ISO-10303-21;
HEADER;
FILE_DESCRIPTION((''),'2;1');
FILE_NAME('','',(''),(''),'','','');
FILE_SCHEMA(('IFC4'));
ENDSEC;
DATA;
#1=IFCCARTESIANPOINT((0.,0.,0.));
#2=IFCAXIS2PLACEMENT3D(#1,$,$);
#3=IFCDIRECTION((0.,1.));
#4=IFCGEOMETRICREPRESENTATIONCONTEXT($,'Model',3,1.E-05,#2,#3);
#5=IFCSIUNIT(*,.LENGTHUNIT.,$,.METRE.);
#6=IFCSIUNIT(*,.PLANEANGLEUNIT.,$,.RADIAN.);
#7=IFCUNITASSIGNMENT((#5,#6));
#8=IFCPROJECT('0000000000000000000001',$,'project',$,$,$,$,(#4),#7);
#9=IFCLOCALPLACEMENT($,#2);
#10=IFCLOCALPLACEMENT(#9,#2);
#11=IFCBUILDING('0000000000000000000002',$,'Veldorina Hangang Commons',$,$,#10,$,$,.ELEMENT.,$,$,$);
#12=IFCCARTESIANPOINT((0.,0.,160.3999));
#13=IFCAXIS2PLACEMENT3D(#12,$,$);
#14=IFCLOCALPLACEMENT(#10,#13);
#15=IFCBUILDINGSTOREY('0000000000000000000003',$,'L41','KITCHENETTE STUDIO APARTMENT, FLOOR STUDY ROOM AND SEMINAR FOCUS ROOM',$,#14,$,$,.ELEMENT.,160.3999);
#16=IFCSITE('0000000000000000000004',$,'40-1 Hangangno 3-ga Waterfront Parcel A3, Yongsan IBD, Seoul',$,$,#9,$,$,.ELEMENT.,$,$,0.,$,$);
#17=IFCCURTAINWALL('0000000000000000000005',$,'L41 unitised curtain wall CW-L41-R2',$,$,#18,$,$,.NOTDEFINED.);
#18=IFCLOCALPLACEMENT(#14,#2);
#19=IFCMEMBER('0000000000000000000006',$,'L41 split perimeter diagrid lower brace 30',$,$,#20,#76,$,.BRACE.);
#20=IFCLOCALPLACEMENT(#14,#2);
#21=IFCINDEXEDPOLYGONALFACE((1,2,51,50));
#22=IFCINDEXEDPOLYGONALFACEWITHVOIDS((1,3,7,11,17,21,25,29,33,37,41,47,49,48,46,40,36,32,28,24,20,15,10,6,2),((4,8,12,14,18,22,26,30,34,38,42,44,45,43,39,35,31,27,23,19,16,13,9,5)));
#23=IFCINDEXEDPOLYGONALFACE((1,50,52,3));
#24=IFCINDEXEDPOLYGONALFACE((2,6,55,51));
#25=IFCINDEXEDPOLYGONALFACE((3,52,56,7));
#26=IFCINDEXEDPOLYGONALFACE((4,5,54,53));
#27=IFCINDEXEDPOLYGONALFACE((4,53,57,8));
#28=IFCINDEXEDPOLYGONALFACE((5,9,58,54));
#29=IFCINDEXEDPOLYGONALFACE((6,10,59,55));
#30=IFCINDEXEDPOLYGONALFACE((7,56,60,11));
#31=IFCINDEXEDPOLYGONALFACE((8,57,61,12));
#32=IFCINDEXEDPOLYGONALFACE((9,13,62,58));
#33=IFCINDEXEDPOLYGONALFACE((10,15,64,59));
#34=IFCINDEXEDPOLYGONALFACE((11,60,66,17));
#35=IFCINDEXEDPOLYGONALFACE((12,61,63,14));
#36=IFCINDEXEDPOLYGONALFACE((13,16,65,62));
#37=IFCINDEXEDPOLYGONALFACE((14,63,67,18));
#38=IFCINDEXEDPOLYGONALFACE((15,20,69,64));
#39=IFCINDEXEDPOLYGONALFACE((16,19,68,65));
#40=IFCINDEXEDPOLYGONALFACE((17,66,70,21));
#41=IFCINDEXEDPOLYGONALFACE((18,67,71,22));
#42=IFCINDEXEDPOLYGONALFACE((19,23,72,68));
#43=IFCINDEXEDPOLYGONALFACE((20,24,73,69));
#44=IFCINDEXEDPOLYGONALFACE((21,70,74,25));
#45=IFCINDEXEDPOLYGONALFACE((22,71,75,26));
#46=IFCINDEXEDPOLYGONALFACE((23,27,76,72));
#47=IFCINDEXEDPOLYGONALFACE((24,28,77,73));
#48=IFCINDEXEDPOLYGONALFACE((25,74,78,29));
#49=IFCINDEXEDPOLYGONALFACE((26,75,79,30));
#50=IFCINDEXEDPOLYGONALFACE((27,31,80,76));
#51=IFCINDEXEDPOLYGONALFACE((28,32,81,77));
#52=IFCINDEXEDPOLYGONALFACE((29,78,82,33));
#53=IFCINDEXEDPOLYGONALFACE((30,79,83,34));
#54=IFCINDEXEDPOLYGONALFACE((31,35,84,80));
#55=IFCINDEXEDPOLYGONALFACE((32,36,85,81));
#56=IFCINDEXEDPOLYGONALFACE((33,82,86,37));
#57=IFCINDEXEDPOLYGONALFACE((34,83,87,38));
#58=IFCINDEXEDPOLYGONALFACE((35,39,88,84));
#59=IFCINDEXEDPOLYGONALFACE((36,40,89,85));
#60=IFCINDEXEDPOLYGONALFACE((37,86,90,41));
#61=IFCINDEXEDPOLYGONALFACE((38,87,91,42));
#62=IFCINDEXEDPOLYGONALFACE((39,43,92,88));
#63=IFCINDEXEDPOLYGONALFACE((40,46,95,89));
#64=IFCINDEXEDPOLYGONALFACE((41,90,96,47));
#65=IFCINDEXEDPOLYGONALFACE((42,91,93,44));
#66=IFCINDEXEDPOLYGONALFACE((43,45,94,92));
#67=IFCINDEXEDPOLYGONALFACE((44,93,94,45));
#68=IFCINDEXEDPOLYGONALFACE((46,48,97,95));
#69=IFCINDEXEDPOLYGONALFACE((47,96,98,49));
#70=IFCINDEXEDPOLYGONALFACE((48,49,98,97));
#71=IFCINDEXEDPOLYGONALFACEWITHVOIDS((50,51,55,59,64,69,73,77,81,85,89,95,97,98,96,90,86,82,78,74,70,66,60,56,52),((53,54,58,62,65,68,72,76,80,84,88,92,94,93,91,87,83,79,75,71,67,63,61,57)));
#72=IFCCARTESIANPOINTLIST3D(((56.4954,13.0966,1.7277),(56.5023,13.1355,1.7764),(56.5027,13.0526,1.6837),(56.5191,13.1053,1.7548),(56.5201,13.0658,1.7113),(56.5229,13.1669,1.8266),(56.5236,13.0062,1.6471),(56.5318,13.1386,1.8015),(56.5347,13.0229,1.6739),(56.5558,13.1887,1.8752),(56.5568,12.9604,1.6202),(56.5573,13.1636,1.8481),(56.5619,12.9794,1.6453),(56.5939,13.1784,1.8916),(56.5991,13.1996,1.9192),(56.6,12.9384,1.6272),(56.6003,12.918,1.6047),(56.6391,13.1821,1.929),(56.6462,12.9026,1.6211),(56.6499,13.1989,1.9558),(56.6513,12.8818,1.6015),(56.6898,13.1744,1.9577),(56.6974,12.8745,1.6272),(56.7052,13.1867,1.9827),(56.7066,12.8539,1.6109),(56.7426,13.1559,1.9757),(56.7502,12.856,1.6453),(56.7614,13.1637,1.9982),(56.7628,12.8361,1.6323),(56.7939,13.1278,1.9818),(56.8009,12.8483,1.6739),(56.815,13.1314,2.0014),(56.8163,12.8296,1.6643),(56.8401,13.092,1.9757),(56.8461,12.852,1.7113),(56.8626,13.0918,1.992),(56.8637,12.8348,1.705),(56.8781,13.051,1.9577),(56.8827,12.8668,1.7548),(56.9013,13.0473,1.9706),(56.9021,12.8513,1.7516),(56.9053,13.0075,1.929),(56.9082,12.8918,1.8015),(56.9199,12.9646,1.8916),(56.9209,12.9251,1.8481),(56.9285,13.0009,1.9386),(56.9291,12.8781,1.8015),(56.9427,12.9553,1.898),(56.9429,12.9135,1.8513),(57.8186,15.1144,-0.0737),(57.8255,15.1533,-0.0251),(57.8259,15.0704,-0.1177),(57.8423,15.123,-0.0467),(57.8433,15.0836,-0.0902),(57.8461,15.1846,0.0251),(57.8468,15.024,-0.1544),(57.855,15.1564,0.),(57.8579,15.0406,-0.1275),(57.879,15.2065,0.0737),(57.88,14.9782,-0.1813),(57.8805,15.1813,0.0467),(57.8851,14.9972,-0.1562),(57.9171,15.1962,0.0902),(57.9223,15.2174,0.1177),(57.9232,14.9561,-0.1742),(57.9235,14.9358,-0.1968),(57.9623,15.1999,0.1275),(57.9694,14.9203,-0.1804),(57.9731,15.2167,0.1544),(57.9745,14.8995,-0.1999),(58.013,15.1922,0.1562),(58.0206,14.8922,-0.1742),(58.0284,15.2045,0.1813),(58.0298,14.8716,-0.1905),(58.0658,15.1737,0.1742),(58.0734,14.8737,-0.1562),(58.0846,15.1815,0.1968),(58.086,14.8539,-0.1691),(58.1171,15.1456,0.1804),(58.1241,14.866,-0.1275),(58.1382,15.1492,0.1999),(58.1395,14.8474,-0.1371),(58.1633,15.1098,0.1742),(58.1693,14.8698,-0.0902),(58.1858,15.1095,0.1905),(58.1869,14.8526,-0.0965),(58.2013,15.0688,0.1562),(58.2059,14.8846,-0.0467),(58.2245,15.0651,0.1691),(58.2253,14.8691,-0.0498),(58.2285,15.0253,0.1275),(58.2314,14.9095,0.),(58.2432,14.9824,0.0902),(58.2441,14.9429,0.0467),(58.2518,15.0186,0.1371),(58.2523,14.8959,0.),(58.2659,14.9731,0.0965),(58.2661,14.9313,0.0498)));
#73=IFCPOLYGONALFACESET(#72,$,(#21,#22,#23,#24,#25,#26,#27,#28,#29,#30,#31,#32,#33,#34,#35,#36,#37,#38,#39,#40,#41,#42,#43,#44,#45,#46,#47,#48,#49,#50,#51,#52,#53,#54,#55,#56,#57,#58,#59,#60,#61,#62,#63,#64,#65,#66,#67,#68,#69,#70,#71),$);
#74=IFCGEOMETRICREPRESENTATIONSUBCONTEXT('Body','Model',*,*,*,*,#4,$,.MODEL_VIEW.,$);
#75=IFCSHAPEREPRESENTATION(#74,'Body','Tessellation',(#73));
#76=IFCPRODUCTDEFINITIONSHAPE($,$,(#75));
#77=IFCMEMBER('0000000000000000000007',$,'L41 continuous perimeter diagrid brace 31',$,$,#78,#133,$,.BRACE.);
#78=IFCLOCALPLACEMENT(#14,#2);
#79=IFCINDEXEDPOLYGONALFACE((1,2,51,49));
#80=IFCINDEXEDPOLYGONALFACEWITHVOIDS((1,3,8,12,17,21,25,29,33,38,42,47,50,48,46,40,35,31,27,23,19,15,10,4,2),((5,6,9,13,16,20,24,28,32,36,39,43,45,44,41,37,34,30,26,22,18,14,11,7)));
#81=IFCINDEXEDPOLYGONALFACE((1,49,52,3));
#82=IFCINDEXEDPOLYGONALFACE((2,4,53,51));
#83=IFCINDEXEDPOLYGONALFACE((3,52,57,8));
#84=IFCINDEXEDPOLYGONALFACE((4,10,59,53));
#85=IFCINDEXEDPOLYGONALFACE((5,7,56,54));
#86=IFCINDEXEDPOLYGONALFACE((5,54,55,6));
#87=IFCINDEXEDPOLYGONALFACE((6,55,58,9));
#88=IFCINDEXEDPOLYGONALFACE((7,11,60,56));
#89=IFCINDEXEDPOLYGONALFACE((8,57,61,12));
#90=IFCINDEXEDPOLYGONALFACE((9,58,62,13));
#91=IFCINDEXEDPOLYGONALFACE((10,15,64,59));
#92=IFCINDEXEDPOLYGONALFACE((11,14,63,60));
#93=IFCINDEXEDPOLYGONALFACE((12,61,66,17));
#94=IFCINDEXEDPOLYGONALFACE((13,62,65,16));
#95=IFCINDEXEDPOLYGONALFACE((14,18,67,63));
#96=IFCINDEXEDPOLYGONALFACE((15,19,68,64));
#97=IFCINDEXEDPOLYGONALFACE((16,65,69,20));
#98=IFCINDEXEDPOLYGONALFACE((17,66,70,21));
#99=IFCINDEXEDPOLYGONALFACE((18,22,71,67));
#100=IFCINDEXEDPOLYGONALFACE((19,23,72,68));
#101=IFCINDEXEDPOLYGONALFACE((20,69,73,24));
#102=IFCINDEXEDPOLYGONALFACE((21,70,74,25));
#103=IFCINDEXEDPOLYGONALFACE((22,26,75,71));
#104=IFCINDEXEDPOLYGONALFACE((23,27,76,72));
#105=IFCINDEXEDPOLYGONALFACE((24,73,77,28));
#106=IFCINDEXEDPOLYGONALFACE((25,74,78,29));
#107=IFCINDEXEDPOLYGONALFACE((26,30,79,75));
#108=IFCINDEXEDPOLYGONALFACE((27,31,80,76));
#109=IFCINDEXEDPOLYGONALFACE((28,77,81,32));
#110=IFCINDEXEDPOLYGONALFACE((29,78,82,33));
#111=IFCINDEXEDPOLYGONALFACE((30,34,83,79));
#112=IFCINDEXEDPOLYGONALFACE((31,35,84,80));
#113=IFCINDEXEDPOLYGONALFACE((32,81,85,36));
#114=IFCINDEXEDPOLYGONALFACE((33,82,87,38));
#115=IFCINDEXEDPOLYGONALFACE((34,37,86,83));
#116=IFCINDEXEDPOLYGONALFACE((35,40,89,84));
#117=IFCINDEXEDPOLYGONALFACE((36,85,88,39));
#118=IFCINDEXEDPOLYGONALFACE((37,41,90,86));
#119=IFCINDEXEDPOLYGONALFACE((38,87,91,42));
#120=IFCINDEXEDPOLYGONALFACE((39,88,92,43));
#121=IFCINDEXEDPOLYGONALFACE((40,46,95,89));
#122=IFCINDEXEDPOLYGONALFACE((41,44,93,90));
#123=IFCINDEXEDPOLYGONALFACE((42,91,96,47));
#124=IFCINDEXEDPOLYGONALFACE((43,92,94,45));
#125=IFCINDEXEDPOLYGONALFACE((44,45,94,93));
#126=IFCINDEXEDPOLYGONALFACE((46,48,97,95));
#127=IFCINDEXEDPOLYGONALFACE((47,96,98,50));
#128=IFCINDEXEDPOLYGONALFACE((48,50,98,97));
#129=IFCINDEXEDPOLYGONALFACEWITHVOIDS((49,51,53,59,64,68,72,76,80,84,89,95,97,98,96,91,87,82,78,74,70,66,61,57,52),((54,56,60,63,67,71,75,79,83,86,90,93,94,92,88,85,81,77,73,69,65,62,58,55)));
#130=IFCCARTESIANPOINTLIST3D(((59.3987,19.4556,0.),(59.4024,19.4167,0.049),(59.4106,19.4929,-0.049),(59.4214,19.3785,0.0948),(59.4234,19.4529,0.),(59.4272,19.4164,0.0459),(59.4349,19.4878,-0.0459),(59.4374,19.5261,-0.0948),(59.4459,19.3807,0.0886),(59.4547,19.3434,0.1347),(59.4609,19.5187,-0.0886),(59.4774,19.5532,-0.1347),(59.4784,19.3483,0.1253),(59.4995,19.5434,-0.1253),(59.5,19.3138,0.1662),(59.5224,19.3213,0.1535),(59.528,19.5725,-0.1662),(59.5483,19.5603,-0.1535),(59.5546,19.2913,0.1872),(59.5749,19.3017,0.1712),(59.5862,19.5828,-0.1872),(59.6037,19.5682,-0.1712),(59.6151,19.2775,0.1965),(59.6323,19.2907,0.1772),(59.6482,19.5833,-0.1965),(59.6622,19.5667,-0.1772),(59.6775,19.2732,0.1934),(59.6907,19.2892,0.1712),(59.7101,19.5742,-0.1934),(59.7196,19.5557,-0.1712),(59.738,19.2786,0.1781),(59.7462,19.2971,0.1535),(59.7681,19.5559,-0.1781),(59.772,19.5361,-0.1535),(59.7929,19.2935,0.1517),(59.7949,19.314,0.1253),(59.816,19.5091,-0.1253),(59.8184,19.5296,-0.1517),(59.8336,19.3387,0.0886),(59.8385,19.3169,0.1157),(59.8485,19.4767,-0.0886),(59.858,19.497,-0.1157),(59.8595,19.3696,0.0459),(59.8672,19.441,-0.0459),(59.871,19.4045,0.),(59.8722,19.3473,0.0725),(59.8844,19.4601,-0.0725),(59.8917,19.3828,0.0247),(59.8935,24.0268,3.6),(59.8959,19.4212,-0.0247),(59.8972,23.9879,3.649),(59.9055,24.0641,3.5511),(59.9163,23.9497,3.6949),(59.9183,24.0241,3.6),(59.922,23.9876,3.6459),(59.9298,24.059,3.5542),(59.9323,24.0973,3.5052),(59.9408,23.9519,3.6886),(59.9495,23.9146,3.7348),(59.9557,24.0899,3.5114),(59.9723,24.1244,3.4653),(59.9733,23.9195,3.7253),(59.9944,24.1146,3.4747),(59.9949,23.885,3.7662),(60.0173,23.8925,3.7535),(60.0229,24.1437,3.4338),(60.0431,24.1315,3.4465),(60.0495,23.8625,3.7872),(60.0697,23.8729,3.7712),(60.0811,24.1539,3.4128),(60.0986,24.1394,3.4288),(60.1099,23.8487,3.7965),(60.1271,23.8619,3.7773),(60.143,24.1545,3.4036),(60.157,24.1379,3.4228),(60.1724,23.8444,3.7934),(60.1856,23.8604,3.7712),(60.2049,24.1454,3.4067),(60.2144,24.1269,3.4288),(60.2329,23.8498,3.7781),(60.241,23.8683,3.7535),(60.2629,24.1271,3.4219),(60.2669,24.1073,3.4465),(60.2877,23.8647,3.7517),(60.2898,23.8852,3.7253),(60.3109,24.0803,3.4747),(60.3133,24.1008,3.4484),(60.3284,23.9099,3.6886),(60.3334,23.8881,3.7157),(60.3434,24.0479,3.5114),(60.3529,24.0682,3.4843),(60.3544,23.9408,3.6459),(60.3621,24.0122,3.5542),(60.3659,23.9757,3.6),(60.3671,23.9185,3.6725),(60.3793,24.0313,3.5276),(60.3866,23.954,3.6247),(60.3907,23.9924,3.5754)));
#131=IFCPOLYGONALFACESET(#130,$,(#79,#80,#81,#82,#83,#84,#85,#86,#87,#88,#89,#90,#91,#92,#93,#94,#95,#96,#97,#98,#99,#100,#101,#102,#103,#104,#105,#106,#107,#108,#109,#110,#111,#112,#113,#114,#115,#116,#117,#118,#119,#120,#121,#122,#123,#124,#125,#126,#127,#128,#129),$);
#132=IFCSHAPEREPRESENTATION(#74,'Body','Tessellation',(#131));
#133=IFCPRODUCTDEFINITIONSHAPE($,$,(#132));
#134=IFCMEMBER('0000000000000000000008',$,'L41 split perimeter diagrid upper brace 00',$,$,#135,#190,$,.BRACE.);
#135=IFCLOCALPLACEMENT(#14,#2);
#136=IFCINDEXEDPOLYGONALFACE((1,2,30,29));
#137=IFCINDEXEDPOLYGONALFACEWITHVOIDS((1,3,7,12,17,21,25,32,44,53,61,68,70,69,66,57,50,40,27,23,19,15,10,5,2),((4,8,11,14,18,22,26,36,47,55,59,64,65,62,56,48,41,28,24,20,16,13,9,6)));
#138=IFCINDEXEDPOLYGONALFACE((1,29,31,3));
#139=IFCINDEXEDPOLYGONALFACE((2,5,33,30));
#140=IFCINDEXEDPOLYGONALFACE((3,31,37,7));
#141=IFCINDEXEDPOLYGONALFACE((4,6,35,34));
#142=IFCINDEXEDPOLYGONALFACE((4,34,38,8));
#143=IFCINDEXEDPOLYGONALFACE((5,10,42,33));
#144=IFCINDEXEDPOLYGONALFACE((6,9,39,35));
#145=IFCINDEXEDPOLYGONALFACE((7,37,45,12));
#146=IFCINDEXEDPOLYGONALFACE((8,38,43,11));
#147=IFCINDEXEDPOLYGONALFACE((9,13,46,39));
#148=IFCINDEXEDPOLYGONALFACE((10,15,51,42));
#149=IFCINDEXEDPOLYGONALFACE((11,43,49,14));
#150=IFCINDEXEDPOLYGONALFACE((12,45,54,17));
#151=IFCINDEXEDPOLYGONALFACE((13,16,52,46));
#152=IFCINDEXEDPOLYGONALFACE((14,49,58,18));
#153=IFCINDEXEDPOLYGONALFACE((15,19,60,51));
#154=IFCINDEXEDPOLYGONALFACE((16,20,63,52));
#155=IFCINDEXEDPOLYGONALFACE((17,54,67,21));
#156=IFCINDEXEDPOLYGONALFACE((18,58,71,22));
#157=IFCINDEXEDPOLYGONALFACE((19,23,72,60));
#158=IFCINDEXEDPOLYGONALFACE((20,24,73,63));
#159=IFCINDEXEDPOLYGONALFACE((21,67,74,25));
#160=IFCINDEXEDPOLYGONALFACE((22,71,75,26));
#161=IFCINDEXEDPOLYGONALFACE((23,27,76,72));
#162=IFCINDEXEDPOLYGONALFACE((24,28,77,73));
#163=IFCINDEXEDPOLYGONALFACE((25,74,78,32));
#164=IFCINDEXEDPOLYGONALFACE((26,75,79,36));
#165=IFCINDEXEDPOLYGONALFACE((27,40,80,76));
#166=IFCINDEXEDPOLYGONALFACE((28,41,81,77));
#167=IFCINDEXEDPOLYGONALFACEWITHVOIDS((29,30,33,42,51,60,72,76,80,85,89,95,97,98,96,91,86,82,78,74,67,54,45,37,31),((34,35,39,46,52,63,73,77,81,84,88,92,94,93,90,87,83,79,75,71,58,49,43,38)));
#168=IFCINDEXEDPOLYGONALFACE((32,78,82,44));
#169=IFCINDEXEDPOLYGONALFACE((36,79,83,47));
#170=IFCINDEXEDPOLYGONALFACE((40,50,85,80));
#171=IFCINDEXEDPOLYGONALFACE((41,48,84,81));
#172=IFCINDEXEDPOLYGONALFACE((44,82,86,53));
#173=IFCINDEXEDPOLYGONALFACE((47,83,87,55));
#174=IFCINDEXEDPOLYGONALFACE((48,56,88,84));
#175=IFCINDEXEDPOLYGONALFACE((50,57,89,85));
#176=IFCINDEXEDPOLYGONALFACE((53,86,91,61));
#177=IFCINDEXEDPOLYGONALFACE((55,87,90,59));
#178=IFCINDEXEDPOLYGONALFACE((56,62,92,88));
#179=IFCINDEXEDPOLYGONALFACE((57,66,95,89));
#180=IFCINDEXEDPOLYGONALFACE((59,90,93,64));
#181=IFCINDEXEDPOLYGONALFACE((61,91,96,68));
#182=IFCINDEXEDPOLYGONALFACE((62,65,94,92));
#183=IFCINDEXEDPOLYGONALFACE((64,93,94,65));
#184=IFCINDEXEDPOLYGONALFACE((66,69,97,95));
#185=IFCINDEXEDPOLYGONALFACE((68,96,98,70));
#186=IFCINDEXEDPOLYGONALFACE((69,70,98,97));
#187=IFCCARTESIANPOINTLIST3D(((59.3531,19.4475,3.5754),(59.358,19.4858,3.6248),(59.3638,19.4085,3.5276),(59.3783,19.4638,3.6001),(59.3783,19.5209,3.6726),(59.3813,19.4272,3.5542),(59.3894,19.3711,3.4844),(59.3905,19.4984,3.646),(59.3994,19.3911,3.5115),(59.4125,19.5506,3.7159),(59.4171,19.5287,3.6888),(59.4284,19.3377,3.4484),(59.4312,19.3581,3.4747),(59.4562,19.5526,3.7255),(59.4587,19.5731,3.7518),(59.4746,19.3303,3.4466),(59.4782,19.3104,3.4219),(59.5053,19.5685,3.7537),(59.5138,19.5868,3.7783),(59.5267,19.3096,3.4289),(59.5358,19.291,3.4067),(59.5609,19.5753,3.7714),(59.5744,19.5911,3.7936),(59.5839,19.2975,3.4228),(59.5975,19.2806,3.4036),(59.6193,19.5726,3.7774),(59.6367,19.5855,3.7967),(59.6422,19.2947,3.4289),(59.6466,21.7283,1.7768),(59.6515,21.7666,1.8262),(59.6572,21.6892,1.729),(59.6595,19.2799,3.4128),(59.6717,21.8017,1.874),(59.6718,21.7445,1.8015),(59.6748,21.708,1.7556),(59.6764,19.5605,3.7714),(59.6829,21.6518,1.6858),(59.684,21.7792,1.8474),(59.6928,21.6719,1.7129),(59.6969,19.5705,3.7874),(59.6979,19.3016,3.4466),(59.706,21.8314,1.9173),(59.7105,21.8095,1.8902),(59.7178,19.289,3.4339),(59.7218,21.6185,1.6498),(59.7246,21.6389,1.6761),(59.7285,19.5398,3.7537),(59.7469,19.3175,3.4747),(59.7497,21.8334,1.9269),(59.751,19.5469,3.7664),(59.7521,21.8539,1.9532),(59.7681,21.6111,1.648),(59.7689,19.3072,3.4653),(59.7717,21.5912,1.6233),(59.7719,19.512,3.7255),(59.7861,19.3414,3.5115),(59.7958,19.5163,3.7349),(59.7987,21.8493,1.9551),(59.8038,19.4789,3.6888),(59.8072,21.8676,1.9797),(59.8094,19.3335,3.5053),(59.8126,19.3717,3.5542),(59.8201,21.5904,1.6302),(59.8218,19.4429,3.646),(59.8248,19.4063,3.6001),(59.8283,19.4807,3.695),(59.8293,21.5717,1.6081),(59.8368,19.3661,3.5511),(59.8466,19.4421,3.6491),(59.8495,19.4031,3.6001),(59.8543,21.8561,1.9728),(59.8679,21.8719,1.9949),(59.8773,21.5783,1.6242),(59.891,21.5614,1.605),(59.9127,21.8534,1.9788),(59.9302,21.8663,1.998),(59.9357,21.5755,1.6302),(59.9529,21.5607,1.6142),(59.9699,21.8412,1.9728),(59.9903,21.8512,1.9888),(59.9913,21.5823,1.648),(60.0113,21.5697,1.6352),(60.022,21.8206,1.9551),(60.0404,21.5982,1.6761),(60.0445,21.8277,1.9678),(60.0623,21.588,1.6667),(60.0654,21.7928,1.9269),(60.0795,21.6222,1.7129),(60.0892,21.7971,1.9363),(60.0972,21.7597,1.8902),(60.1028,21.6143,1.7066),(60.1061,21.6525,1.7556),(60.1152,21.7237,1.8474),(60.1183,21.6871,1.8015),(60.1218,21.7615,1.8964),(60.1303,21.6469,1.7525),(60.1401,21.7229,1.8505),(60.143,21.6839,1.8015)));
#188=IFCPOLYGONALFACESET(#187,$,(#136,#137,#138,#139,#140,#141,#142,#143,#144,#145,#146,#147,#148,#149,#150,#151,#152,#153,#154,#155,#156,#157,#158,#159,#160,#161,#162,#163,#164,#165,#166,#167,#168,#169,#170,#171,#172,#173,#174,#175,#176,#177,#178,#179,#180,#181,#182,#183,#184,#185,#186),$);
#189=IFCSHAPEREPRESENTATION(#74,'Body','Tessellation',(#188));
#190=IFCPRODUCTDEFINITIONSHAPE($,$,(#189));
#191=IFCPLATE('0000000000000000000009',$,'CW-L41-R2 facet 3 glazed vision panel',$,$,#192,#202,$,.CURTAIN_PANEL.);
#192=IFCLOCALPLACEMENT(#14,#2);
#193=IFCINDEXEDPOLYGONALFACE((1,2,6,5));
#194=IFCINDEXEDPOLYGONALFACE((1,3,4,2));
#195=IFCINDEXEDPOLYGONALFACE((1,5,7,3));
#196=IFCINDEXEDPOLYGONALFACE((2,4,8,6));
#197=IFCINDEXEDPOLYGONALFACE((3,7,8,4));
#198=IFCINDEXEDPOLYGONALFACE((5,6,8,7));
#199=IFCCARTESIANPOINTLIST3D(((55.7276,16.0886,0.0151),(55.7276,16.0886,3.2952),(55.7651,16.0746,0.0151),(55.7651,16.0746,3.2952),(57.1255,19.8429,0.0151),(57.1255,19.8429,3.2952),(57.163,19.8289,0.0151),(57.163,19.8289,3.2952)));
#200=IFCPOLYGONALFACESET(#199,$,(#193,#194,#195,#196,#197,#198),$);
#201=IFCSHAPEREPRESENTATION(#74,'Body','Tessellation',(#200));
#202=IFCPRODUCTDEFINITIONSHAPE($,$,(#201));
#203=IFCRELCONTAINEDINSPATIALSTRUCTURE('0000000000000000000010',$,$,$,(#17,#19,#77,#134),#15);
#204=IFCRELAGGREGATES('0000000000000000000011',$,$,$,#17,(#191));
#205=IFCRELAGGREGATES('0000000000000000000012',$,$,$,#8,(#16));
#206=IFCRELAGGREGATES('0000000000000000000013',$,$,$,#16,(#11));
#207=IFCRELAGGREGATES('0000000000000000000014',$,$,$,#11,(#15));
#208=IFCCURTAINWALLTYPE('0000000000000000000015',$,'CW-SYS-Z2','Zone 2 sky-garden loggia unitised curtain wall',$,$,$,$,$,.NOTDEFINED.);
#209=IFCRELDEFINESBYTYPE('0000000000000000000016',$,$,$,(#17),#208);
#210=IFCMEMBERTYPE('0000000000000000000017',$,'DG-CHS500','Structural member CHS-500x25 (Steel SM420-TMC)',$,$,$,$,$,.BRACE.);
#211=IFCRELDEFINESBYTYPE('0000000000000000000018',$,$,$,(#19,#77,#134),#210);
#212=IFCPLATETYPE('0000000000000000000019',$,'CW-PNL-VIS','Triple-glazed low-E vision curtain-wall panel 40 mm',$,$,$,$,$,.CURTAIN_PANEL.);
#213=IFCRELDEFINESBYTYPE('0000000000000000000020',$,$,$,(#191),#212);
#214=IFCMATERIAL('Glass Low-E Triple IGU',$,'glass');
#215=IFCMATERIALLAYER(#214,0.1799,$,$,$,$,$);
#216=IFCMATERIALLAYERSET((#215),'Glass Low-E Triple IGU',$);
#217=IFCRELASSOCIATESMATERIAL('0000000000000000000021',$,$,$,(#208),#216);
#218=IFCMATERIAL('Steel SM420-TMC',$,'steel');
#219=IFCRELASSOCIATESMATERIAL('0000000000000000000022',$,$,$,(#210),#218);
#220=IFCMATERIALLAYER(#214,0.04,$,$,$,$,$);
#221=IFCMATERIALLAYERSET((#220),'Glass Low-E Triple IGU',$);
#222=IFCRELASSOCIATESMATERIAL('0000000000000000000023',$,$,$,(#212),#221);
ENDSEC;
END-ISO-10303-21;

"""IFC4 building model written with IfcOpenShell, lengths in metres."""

from ifc_helpers import new_model, si_unit, direction, frame, origin, origin_2d, place, context, subcontext, project, spatial, rectangle, hollow_circle, extrude, material, layer, layer_set, material_profile, profile_set, type_object, element, aggregate, save


model = new_model("IFC4")

# Units and contexts
model_context = context("Model", 3, precision=1e-05, world=origin(), true_north=direction((0.0, 1.0)))
body_context = subcontext(model_context, "Body", "Model", "MODEL_VIEW")
ifc_project = project(units=[si_unit("LENGTHUNIT", "METRE"), si_unit("PLANEANGLEUNIT", "RADIAN")], contexts=[model_context])

# Site, building, storey
site_placement = place(None, origin())
site = spatial("IfcSite", under=ifc_project, at=site_placement, Name="40-1 Hangangno 3-ga Waterfront Parcel A3, Yongsan IBD, Seoul", CompositionType="ELEMENT", RefElevation=0.0)
building_placement = place(site_placement, origin())
building = spatial("IfcBuilding", under=site, at=building_placement, Name="Veldorina Hangang Commons", CompositionType="ELEMENT")
storey_placement = place(building_placement, frame((0.0, 0.0, 160.3999)))
storey = spatial("IfcBuildingStorey", under=building, at=storey_placement, Name="L41", Description="KITCHENETTE STUDIO APARTMENT, FLOOR STUDY ROOM AND SEMINAR FOCUS ROOM", CompositionType="ELEMENT", Elevation=160.3999)

# Shared definitions
ifc_material_1 = material(Name="Steel SM420-TMC", Category="steel")

# Curtain wall
ifc_material_2 = material(Name="Glass Low-E Triple IGU", Category="glass")
ifc_layer_1 = layer(ifc_material_2, 0.1799)
ifc_layer_set_1 = layer_set([ifc_layer_1], Name="Glass Low-E Triple IGU")
curtain_wall_type = type_object("IfcCurtainWallType", Name="CW-SYS-Z2", Description="Zone 2 sky-garden loggia unitised curtain wall", PredefinedType="NOTDEFINED", material=ifc_layer_set_1)
curtain_wall_placement = place(storey_placement, origin())
curtain_wall = element("IfcCurtainWall", 1, at=curtain_wall_placement, inside=storey, type_object=curtain_wall_type, Name="L41 unitised curtain wall CW-L41-R2", PredefinedType="NOTDEFINED")

# Members
ifc_material_profile_1 = material_profile(ifc_material_1, hollow_circle(Radius=0.25, WallThickness=0.0249, at=origin_2d()), Name="CHS-500x25")
ifc_profile_set_1 = profile_set([ifc_material_profile_1], Name="Steel SM420-TMC")
member_type_1 = type_object("IfcMemberType", Name="DG-CHS500", Description="Structural member CHS-500x25 (Steel SM420-TMC)", PredefinedType="BRACE", material=ifc_profile_set_1)
member_1_placement = place(storey_placement, frame((58.0432, 15.033, 0.0), z_axis=(-0.439423, -0.67008, 0.598248), x_axis=(0.836229, -0.54838, 0.0)))
element("IfcMember", 2, at=member_1_placement, inside=storey, type_object=member_type_1, Name="L41 split perimeter diagrid lower brace 30", PredefinedType="BRACE", context=body_context, shape_type="SweptSolid", body=[
    extrude(hollow_circle(Radius=0.25, WallThickness=0.0249, at=origin_2d()), origin(), (0.0, 0.0, 1.0), 3.0112),
])
member_2_placement = place(storey_placement, frame((59.6472, 19.4287, 0.0), z_axis=(0.084743, 0.782793, 0.616485), x_axis=(-0.994191, 0.107628, 0.0)))
element("IfcMember", 3, at=member_2_placement, inside=storey, type_object=member_type_1, Name="L41 continuous perimeter diagrid brace 31", PredefinedType="BRACE", context=body_context, shape_type="SweptSolid", body=[
    extrude(hollow_circle(Radius=0.25, WallThickness=0.0249, at=origin_2d()), origin(), (0.0, 0.0, 1.0), 5.8396),
])
member_3_placement = place(storey_placement, frame((59.895, 21.7158, 1.8015), z_axis=(-0.10052, -0.781243, 0.61608), x_axis=(0.991824, -0.127614, 0.0)))
element("IfcMember", 4, at=member_3_placement, inside=storey, type_object=member_type_1, Name="L41 split perimeter diagrid upper brace 00", PredefinedType="BRACE", context=body_context, shape_type="SweptSolid", body=[
    extrude(hollow_circle(Radius=0.25, WallThickness=0.0249, at=origin_2d()), origin(), (0.0, 0.0, 1.0), 2.9194),
])

# Plate
ifc_layer_2 = layer(ifc_material_2, 0.04)
ifc_layer_set_2 = layer_set([ifc_layer_2], Name="Glass Low-E Triple IGU")
plate_type_1 = type_object("IfcPlateType", Name="CW-PNL-VIS", Description="Triple-glazed low-E vision curtain-wall panel 40 mm", PredefinedType="CURTAIN_PANEL", material=ifc_layer_set_2)
plate_1_placement = place(storey_placement, frame((56.4453, 17.9587, 0.0151), z_axis=(0.0, 0.0, 1.0), x_axis=(0.348932, 0.937148, 0.0)))
plate_1 = element("IfcPlate", 5, at=plate_1_placement, type_object=plate_type_1, Name="CW-L41-R2 facet 3 glazed vision panel", PredefinedType="CURTAIN_PANEL", context=body_context, shape_type="SweptSolid", body=[
    extrude(rectangle(XDim=4.0061, YDim=0.04, at=origin_2d()), origin(), (0.0, 0.0, 1.0), 3.28),
])
aggregate(curtain_wall, [plate_1])

save(model, "model.ifc")
